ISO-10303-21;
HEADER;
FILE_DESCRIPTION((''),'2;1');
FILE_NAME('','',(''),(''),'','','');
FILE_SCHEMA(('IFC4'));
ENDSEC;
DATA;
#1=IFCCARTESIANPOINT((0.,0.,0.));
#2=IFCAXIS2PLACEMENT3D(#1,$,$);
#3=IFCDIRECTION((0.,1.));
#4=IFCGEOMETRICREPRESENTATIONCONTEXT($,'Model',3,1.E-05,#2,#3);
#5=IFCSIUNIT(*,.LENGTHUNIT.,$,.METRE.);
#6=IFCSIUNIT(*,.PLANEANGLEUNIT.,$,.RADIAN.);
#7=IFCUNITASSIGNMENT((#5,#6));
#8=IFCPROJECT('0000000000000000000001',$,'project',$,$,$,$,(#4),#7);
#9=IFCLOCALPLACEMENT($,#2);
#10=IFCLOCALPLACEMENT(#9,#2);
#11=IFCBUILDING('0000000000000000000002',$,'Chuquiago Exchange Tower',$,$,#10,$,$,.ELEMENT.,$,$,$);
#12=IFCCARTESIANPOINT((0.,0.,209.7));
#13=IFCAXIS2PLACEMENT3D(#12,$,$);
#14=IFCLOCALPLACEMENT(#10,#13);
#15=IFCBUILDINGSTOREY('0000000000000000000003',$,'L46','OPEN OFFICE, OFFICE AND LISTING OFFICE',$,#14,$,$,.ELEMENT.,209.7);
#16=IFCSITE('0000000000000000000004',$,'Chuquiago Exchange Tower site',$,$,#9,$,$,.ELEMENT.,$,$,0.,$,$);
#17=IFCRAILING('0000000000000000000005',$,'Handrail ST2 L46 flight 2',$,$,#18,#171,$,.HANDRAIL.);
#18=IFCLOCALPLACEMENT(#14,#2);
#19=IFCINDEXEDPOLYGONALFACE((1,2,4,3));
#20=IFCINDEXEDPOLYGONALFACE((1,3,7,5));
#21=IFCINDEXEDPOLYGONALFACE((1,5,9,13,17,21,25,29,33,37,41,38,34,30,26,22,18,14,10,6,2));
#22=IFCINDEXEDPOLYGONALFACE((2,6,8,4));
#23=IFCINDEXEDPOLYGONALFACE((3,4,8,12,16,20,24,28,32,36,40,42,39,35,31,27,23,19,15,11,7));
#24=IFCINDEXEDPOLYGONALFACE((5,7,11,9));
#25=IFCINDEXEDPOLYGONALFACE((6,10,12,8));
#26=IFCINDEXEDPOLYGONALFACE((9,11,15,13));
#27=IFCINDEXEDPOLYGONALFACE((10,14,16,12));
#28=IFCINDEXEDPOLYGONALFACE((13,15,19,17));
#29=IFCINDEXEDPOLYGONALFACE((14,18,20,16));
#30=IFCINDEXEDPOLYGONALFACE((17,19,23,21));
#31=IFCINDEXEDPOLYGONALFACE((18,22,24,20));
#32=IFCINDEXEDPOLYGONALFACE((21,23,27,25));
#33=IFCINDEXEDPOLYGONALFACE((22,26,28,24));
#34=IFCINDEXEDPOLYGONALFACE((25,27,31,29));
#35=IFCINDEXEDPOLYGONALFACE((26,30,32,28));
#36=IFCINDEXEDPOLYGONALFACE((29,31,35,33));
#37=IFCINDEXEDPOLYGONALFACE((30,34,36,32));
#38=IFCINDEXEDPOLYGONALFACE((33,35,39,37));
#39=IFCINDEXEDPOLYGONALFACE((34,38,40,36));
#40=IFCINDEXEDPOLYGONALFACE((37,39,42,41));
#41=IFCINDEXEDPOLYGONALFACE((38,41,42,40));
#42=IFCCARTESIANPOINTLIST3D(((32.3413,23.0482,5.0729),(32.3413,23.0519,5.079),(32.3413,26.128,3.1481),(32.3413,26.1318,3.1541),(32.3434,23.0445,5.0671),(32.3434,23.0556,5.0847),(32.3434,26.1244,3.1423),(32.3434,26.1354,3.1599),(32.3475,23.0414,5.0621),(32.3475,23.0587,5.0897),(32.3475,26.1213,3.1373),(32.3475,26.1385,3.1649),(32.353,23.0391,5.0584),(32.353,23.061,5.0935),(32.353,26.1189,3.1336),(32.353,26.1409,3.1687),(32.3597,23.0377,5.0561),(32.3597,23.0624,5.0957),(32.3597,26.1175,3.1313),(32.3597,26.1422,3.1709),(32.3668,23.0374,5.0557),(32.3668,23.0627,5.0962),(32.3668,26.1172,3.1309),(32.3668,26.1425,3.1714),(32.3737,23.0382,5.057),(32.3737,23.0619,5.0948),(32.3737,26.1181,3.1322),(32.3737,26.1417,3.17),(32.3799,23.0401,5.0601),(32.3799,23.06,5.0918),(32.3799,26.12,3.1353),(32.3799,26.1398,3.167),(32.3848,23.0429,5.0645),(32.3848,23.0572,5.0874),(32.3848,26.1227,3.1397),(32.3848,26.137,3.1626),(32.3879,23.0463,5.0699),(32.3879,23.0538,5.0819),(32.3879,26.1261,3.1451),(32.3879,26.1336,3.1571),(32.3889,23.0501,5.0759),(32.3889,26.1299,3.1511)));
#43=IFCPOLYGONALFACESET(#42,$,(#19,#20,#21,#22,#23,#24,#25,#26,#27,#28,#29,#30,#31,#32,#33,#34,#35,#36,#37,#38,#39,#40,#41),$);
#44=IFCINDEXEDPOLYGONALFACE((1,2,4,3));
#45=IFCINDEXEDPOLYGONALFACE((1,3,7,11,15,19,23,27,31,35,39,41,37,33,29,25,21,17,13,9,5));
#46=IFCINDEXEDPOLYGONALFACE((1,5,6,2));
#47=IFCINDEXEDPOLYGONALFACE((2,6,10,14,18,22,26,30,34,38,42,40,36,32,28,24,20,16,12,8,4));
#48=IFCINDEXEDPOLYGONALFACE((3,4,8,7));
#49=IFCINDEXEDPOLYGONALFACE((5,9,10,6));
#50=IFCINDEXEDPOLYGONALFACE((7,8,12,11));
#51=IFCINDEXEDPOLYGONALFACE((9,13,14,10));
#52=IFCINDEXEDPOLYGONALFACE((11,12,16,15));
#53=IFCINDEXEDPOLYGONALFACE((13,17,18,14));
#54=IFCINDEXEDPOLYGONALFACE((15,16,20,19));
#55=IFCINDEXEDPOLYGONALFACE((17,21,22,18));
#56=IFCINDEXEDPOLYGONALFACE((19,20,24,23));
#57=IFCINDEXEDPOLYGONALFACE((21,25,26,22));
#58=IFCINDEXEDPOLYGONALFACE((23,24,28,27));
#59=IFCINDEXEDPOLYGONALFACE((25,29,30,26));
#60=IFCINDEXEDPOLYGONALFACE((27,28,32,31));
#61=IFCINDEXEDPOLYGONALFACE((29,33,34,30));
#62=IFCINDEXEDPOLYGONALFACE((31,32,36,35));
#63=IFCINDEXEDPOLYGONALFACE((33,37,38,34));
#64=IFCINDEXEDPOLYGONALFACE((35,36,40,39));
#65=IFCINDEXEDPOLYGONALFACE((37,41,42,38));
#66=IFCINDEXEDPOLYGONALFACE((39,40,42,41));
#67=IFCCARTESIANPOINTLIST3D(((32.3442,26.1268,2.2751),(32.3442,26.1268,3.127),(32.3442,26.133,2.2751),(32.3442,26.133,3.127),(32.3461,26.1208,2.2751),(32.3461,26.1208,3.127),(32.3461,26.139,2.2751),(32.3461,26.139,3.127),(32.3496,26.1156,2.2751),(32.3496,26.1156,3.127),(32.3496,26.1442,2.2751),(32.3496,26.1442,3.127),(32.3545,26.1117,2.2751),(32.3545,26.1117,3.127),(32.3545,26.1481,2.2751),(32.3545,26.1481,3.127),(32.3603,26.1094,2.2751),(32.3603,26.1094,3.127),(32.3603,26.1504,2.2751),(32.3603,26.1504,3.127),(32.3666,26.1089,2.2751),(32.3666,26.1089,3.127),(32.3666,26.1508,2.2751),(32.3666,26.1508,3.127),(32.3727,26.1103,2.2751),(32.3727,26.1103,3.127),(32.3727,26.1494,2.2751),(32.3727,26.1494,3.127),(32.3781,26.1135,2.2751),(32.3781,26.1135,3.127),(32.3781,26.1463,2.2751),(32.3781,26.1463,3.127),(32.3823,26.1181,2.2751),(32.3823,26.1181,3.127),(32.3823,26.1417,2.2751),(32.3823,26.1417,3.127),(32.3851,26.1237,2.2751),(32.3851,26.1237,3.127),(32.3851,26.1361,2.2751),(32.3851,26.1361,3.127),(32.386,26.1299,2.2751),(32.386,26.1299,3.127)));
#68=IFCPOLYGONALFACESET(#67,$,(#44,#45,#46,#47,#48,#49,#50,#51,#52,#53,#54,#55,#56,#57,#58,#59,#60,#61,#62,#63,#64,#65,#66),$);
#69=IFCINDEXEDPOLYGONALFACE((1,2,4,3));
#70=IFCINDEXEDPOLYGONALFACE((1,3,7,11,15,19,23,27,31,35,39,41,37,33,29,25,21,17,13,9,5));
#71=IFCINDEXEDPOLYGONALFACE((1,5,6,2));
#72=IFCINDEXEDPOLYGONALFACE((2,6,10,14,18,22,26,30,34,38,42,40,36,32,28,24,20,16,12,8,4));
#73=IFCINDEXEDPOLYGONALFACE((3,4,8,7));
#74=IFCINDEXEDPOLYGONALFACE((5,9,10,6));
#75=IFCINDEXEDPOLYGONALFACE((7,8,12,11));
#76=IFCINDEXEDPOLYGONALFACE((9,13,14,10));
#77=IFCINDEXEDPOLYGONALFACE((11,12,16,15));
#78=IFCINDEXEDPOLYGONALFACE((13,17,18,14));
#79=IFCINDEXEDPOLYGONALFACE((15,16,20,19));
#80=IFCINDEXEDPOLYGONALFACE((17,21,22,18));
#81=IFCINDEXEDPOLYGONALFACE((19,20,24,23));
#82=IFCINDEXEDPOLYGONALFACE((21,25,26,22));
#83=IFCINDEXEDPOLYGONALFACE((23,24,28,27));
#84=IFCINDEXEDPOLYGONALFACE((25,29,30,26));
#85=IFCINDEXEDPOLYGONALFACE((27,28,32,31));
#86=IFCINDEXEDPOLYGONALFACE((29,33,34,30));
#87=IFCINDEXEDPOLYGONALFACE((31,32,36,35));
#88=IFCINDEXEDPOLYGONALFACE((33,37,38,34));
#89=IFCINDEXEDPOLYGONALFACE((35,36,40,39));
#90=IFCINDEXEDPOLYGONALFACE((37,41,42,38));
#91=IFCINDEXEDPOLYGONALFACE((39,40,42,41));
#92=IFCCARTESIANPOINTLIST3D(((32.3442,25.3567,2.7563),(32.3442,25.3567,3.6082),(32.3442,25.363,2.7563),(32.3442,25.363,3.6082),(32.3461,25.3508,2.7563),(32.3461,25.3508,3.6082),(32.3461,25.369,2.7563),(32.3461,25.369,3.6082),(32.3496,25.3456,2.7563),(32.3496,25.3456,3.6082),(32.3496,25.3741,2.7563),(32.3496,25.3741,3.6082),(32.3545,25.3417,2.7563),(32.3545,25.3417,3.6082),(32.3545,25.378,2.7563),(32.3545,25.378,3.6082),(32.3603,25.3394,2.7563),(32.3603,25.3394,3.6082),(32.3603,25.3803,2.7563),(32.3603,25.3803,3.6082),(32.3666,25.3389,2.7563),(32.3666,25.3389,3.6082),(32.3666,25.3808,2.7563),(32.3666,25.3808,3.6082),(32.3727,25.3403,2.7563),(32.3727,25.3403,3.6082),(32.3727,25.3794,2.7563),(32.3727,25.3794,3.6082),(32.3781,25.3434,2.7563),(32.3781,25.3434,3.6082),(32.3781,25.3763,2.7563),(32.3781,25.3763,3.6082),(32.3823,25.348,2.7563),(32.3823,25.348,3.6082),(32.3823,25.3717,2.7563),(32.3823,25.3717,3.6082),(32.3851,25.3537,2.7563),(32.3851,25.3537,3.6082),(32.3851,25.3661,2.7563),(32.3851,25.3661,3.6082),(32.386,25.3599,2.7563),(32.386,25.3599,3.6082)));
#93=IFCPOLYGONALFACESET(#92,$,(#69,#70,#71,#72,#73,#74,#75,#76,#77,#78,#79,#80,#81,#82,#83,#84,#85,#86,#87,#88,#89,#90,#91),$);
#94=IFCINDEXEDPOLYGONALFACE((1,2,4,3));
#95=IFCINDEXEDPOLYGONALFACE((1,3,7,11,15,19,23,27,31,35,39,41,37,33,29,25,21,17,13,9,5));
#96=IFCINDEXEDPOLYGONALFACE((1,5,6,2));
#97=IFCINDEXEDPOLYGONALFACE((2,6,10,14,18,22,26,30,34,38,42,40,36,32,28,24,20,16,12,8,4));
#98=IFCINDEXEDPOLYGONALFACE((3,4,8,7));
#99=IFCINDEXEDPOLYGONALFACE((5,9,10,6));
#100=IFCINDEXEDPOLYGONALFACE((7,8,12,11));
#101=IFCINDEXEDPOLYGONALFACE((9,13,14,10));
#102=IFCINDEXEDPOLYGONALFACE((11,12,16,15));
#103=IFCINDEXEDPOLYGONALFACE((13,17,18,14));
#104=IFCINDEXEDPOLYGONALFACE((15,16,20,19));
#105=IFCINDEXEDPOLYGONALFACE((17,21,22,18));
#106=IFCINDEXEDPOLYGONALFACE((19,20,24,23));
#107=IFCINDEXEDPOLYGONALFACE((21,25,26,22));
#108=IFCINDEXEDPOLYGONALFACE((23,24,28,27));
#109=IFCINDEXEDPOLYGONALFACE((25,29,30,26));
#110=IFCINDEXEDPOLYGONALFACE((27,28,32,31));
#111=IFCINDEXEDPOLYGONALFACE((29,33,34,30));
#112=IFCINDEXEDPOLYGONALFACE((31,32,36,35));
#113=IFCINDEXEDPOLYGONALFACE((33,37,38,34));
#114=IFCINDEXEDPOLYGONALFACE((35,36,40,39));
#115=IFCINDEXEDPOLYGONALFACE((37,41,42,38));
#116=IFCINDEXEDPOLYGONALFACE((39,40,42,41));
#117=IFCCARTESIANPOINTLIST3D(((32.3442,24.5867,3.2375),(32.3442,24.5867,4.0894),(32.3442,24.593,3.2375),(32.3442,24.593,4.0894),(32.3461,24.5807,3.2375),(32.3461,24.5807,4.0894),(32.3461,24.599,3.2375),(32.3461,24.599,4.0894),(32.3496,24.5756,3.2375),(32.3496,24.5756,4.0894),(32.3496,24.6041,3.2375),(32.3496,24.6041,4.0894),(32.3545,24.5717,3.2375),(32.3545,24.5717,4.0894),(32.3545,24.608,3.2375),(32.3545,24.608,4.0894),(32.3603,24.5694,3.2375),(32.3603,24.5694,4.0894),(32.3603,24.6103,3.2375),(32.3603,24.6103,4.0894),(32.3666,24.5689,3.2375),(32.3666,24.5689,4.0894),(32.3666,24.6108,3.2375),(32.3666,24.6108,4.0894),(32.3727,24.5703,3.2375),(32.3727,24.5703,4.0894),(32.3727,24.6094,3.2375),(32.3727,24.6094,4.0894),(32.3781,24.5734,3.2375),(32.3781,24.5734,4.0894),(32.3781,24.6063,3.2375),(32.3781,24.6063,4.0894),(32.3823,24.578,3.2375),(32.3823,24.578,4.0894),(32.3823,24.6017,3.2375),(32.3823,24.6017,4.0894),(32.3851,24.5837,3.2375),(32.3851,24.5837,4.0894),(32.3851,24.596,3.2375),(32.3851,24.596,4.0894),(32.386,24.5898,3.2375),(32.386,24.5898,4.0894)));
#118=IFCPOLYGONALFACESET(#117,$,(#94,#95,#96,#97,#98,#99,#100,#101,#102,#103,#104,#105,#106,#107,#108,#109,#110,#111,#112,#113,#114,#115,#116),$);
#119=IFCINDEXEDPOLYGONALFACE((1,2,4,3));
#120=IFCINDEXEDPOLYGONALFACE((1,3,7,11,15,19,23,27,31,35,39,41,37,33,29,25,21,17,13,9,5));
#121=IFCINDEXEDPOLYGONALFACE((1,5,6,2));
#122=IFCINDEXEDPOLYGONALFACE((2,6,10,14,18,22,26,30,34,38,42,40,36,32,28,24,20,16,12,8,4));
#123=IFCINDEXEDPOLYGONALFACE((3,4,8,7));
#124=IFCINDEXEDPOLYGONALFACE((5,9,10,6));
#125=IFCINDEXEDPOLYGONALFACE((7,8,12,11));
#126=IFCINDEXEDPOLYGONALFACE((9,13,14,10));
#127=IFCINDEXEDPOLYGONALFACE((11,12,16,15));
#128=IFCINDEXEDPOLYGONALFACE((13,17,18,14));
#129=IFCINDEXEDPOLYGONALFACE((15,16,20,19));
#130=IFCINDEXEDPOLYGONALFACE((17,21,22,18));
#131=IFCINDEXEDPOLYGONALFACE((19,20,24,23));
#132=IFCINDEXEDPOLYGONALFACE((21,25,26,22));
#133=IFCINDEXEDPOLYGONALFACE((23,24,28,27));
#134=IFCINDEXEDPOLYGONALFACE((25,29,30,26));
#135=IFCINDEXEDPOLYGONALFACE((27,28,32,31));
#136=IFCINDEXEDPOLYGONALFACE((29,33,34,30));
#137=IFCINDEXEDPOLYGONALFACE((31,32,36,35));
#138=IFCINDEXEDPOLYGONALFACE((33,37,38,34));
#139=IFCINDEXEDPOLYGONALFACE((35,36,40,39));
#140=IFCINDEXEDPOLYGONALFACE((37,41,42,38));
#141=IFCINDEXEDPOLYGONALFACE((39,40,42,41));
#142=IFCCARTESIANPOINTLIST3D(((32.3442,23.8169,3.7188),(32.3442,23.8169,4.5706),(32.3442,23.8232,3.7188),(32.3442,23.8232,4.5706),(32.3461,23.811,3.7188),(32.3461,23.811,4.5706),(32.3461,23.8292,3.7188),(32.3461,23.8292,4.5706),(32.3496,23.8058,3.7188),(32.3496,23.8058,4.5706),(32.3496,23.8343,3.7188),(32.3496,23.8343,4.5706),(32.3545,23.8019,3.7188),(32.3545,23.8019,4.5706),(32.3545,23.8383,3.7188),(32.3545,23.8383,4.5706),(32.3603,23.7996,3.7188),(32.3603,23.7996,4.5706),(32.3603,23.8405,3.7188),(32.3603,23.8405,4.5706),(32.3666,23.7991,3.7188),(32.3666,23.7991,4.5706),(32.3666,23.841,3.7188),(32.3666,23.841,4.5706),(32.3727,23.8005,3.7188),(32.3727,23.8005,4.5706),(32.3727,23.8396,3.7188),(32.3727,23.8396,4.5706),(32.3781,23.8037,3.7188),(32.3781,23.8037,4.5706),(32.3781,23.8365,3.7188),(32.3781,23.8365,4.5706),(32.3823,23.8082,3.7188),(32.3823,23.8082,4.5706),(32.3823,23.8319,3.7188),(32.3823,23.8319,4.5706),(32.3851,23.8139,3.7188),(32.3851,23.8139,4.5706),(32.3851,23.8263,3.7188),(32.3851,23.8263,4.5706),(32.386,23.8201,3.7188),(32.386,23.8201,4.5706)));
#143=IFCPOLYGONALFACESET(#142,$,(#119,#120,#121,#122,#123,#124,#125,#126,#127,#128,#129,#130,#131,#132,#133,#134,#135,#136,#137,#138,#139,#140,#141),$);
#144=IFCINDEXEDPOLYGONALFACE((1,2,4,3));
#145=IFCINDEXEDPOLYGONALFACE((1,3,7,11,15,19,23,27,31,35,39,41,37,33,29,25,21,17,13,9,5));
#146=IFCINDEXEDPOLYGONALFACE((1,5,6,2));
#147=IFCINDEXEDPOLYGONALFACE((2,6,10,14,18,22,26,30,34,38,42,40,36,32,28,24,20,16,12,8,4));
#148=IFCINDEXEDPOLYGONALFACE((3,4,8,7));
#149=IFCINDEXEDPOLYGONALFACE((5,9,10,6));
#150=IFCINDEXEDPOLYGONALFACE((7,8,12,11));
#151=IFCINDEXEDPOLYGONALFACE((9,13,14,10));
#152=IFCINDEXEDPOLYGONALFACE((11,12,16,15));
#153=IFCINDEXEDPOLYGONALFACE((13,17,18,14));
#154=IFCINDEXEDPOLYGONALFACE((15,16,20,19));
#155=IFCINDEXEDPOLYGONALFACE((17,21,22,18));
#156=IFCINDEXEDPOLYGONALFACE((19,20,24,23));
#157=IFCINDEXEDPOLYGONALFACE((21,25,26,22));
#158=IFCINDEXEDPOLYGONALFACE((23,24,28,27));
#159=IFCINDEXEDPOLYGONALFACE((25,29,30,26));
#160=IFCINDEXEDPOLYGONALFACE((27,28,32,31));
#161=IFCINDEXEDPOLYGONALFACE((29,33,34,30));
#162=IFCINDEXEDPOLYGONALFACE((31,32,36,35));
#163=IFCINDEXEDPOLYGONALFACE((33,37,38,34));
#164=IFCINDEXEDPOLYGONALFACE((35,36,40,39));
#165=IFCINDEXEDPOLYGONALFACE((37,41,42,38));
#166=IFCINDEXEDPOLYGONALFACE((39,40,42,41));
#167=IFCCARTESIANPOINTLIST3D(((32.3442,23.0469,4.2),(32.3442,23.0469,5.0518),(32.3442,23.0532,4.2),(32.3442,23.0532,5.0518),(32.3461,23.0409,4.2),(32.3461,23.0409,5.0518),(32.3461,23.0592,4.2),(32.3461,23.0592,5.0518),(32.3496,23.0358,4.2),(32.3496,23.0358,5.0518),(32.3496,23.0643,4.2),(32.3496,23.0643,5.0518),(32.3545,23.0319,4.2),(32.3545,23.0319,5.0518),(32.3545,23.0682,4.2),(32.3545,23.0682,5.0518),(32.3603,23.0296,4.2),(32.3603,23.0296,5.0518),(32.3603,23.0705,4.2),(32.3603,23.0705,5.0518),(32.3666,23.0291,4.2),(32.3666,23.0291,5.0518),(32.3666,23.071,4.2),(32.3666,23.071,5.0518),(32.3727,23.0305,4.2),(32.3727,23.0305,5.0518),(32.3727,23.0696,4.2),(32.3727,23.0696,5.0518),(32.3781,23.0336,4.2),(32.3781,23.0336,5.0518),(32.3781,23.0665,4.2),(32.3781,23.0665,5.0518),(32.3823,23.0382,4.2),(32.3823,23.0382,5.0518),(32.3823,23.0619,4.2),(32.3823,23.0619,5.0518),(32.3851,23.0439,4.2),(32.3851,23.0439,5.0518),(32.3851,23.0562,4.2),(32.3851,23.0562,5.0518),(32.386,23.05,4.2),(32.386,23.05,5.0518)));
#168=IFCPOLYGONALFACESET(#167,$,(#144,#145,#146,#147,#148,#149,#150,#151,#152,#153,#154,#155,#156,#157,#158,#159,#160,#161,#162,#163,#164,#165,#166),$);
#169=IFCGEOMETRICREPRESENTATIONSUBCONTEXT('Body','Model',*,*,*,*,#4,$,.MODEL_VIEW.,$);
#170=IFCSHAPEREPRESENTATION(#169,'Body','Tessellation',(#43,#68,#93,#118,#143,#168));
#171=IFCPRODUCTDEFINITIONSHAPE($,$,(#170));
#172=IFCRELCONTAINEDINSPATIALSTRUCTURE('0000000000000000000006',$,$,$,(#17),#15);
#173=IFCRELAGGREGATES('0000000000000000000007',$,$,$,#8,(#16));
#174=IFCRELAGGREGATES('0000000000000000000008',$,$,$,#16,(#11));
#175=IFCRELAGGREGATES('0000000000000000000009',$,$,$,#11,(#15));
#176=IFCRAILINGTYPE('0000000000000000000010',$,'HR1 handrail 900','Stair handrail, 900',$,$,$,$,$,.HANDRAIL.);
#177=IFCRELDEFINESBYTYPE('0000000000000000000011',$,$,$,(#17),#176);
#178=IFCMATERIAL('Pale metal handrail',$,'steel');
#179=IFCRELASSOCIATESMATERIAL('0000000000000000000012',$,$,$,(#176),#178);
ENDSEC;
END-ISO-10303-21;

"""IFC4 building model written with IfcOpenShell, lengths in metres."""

from ifc_helpers import new_model, si_unit, direction, frame, origin, origin_2d, place, context, subcontext, project, spatial, circle, extrude, material, type_object, element, save


model = new_model("IFC4")

# Units and contexts
model_context = context("Model", 3, precision=1e-05, world=origin(), true_north=direction((0.0, 1.0)))
body_context = subcontext(model_context, "Body", "Model", "MODEL_VIEW")
ifc_project = project(units=[si_unit("LENGTHUNIT", "METRE"), si_unit("PLANEANGLEUNIT", "RADIAN")], contexts=[model_context])

# Site, building, storey
site_placement = place(None, origin())
site = spatial("IfcSite", under=ifc_project, at=site_placement, Name="Chuquiago Exchange Tower site", CompositionType="ELEMENT", RefElevation=0.0)
building_placement = place(site_placement, origin())
building = spatial("IfcBuilding", under=site, at=building_placement, Name="Chuquiago Exchange Tower", CompositionType="ELEMENT")
storey_placement = place(building_placement, frame((0.0, 0.0, 209.7)))
storey = spatial("IfcBuildingStorey", under=building, at=storey_placement, Name="L46", Description="OPEN OFFICE, OFFICE AND LISTING OFFICE", CompositionType="ELEMENT", Elevation=209.7)

# Railing
ifc_material_1 = material(Name="Pale metal handrail", Category="steel")
railing_type_1 = type_object("IfcRailingType", Name="HR1 handrail 900", Description="Stair handrail, 900", PredefinedType="HANDRAIL", material=ifc_material_1)
for number, where, name in (
    (1, (32.365, 26.1299, 2.2751), "Handrail ST2 L46 flight 2"),
):
    element("IfcRailing", number, at=place(storey_placement, frame(where)), inside=storey, type_object=railing_type_1, Name=name, PredefinedType="HANDRAIL", context=body_context, shape_type="SweptSolid", body=[
        extrude(circle(Radius=0.0239, at=origin_2d()), frame((0.0, 0.0, 0.876), z_axis=(0.0, -0.84801, 0.529981), x_axis=(1.0, 0.0, 0.0)), (0.0, 0.0, 1.0), 3.6318),
        extrude(circle(Radius=0.021, at=origin_2d()), origin(), (0.0, 0.0, 1.0), 0.8518),
        extrude(circle(Radius=0.021, at=origin_2d()), frame((0.0, -0.77, 0.4812)), (0.0, 0.0, 1.0), 0.8518),
        extrude(circle(Radius=0.021, at=origin_2d()), frame((0.0, -1.54, 0.9624)), (0.0, 0.0, 1.0), 0.8518),
        extrude(circle(Radius=0.021, at=origin_2d()), frame((0.0, -2.3098, 1.4436)), (0.0, 0.0, 1.0), 0.8518),
        extrude(circle(Radius=0.021, at=origin_2d()), frame((0.0, -3.0798, 1.9248)), (0.0, 0.0, 1.0), 0.8518),
    ])

save(model, "model.ifc")
